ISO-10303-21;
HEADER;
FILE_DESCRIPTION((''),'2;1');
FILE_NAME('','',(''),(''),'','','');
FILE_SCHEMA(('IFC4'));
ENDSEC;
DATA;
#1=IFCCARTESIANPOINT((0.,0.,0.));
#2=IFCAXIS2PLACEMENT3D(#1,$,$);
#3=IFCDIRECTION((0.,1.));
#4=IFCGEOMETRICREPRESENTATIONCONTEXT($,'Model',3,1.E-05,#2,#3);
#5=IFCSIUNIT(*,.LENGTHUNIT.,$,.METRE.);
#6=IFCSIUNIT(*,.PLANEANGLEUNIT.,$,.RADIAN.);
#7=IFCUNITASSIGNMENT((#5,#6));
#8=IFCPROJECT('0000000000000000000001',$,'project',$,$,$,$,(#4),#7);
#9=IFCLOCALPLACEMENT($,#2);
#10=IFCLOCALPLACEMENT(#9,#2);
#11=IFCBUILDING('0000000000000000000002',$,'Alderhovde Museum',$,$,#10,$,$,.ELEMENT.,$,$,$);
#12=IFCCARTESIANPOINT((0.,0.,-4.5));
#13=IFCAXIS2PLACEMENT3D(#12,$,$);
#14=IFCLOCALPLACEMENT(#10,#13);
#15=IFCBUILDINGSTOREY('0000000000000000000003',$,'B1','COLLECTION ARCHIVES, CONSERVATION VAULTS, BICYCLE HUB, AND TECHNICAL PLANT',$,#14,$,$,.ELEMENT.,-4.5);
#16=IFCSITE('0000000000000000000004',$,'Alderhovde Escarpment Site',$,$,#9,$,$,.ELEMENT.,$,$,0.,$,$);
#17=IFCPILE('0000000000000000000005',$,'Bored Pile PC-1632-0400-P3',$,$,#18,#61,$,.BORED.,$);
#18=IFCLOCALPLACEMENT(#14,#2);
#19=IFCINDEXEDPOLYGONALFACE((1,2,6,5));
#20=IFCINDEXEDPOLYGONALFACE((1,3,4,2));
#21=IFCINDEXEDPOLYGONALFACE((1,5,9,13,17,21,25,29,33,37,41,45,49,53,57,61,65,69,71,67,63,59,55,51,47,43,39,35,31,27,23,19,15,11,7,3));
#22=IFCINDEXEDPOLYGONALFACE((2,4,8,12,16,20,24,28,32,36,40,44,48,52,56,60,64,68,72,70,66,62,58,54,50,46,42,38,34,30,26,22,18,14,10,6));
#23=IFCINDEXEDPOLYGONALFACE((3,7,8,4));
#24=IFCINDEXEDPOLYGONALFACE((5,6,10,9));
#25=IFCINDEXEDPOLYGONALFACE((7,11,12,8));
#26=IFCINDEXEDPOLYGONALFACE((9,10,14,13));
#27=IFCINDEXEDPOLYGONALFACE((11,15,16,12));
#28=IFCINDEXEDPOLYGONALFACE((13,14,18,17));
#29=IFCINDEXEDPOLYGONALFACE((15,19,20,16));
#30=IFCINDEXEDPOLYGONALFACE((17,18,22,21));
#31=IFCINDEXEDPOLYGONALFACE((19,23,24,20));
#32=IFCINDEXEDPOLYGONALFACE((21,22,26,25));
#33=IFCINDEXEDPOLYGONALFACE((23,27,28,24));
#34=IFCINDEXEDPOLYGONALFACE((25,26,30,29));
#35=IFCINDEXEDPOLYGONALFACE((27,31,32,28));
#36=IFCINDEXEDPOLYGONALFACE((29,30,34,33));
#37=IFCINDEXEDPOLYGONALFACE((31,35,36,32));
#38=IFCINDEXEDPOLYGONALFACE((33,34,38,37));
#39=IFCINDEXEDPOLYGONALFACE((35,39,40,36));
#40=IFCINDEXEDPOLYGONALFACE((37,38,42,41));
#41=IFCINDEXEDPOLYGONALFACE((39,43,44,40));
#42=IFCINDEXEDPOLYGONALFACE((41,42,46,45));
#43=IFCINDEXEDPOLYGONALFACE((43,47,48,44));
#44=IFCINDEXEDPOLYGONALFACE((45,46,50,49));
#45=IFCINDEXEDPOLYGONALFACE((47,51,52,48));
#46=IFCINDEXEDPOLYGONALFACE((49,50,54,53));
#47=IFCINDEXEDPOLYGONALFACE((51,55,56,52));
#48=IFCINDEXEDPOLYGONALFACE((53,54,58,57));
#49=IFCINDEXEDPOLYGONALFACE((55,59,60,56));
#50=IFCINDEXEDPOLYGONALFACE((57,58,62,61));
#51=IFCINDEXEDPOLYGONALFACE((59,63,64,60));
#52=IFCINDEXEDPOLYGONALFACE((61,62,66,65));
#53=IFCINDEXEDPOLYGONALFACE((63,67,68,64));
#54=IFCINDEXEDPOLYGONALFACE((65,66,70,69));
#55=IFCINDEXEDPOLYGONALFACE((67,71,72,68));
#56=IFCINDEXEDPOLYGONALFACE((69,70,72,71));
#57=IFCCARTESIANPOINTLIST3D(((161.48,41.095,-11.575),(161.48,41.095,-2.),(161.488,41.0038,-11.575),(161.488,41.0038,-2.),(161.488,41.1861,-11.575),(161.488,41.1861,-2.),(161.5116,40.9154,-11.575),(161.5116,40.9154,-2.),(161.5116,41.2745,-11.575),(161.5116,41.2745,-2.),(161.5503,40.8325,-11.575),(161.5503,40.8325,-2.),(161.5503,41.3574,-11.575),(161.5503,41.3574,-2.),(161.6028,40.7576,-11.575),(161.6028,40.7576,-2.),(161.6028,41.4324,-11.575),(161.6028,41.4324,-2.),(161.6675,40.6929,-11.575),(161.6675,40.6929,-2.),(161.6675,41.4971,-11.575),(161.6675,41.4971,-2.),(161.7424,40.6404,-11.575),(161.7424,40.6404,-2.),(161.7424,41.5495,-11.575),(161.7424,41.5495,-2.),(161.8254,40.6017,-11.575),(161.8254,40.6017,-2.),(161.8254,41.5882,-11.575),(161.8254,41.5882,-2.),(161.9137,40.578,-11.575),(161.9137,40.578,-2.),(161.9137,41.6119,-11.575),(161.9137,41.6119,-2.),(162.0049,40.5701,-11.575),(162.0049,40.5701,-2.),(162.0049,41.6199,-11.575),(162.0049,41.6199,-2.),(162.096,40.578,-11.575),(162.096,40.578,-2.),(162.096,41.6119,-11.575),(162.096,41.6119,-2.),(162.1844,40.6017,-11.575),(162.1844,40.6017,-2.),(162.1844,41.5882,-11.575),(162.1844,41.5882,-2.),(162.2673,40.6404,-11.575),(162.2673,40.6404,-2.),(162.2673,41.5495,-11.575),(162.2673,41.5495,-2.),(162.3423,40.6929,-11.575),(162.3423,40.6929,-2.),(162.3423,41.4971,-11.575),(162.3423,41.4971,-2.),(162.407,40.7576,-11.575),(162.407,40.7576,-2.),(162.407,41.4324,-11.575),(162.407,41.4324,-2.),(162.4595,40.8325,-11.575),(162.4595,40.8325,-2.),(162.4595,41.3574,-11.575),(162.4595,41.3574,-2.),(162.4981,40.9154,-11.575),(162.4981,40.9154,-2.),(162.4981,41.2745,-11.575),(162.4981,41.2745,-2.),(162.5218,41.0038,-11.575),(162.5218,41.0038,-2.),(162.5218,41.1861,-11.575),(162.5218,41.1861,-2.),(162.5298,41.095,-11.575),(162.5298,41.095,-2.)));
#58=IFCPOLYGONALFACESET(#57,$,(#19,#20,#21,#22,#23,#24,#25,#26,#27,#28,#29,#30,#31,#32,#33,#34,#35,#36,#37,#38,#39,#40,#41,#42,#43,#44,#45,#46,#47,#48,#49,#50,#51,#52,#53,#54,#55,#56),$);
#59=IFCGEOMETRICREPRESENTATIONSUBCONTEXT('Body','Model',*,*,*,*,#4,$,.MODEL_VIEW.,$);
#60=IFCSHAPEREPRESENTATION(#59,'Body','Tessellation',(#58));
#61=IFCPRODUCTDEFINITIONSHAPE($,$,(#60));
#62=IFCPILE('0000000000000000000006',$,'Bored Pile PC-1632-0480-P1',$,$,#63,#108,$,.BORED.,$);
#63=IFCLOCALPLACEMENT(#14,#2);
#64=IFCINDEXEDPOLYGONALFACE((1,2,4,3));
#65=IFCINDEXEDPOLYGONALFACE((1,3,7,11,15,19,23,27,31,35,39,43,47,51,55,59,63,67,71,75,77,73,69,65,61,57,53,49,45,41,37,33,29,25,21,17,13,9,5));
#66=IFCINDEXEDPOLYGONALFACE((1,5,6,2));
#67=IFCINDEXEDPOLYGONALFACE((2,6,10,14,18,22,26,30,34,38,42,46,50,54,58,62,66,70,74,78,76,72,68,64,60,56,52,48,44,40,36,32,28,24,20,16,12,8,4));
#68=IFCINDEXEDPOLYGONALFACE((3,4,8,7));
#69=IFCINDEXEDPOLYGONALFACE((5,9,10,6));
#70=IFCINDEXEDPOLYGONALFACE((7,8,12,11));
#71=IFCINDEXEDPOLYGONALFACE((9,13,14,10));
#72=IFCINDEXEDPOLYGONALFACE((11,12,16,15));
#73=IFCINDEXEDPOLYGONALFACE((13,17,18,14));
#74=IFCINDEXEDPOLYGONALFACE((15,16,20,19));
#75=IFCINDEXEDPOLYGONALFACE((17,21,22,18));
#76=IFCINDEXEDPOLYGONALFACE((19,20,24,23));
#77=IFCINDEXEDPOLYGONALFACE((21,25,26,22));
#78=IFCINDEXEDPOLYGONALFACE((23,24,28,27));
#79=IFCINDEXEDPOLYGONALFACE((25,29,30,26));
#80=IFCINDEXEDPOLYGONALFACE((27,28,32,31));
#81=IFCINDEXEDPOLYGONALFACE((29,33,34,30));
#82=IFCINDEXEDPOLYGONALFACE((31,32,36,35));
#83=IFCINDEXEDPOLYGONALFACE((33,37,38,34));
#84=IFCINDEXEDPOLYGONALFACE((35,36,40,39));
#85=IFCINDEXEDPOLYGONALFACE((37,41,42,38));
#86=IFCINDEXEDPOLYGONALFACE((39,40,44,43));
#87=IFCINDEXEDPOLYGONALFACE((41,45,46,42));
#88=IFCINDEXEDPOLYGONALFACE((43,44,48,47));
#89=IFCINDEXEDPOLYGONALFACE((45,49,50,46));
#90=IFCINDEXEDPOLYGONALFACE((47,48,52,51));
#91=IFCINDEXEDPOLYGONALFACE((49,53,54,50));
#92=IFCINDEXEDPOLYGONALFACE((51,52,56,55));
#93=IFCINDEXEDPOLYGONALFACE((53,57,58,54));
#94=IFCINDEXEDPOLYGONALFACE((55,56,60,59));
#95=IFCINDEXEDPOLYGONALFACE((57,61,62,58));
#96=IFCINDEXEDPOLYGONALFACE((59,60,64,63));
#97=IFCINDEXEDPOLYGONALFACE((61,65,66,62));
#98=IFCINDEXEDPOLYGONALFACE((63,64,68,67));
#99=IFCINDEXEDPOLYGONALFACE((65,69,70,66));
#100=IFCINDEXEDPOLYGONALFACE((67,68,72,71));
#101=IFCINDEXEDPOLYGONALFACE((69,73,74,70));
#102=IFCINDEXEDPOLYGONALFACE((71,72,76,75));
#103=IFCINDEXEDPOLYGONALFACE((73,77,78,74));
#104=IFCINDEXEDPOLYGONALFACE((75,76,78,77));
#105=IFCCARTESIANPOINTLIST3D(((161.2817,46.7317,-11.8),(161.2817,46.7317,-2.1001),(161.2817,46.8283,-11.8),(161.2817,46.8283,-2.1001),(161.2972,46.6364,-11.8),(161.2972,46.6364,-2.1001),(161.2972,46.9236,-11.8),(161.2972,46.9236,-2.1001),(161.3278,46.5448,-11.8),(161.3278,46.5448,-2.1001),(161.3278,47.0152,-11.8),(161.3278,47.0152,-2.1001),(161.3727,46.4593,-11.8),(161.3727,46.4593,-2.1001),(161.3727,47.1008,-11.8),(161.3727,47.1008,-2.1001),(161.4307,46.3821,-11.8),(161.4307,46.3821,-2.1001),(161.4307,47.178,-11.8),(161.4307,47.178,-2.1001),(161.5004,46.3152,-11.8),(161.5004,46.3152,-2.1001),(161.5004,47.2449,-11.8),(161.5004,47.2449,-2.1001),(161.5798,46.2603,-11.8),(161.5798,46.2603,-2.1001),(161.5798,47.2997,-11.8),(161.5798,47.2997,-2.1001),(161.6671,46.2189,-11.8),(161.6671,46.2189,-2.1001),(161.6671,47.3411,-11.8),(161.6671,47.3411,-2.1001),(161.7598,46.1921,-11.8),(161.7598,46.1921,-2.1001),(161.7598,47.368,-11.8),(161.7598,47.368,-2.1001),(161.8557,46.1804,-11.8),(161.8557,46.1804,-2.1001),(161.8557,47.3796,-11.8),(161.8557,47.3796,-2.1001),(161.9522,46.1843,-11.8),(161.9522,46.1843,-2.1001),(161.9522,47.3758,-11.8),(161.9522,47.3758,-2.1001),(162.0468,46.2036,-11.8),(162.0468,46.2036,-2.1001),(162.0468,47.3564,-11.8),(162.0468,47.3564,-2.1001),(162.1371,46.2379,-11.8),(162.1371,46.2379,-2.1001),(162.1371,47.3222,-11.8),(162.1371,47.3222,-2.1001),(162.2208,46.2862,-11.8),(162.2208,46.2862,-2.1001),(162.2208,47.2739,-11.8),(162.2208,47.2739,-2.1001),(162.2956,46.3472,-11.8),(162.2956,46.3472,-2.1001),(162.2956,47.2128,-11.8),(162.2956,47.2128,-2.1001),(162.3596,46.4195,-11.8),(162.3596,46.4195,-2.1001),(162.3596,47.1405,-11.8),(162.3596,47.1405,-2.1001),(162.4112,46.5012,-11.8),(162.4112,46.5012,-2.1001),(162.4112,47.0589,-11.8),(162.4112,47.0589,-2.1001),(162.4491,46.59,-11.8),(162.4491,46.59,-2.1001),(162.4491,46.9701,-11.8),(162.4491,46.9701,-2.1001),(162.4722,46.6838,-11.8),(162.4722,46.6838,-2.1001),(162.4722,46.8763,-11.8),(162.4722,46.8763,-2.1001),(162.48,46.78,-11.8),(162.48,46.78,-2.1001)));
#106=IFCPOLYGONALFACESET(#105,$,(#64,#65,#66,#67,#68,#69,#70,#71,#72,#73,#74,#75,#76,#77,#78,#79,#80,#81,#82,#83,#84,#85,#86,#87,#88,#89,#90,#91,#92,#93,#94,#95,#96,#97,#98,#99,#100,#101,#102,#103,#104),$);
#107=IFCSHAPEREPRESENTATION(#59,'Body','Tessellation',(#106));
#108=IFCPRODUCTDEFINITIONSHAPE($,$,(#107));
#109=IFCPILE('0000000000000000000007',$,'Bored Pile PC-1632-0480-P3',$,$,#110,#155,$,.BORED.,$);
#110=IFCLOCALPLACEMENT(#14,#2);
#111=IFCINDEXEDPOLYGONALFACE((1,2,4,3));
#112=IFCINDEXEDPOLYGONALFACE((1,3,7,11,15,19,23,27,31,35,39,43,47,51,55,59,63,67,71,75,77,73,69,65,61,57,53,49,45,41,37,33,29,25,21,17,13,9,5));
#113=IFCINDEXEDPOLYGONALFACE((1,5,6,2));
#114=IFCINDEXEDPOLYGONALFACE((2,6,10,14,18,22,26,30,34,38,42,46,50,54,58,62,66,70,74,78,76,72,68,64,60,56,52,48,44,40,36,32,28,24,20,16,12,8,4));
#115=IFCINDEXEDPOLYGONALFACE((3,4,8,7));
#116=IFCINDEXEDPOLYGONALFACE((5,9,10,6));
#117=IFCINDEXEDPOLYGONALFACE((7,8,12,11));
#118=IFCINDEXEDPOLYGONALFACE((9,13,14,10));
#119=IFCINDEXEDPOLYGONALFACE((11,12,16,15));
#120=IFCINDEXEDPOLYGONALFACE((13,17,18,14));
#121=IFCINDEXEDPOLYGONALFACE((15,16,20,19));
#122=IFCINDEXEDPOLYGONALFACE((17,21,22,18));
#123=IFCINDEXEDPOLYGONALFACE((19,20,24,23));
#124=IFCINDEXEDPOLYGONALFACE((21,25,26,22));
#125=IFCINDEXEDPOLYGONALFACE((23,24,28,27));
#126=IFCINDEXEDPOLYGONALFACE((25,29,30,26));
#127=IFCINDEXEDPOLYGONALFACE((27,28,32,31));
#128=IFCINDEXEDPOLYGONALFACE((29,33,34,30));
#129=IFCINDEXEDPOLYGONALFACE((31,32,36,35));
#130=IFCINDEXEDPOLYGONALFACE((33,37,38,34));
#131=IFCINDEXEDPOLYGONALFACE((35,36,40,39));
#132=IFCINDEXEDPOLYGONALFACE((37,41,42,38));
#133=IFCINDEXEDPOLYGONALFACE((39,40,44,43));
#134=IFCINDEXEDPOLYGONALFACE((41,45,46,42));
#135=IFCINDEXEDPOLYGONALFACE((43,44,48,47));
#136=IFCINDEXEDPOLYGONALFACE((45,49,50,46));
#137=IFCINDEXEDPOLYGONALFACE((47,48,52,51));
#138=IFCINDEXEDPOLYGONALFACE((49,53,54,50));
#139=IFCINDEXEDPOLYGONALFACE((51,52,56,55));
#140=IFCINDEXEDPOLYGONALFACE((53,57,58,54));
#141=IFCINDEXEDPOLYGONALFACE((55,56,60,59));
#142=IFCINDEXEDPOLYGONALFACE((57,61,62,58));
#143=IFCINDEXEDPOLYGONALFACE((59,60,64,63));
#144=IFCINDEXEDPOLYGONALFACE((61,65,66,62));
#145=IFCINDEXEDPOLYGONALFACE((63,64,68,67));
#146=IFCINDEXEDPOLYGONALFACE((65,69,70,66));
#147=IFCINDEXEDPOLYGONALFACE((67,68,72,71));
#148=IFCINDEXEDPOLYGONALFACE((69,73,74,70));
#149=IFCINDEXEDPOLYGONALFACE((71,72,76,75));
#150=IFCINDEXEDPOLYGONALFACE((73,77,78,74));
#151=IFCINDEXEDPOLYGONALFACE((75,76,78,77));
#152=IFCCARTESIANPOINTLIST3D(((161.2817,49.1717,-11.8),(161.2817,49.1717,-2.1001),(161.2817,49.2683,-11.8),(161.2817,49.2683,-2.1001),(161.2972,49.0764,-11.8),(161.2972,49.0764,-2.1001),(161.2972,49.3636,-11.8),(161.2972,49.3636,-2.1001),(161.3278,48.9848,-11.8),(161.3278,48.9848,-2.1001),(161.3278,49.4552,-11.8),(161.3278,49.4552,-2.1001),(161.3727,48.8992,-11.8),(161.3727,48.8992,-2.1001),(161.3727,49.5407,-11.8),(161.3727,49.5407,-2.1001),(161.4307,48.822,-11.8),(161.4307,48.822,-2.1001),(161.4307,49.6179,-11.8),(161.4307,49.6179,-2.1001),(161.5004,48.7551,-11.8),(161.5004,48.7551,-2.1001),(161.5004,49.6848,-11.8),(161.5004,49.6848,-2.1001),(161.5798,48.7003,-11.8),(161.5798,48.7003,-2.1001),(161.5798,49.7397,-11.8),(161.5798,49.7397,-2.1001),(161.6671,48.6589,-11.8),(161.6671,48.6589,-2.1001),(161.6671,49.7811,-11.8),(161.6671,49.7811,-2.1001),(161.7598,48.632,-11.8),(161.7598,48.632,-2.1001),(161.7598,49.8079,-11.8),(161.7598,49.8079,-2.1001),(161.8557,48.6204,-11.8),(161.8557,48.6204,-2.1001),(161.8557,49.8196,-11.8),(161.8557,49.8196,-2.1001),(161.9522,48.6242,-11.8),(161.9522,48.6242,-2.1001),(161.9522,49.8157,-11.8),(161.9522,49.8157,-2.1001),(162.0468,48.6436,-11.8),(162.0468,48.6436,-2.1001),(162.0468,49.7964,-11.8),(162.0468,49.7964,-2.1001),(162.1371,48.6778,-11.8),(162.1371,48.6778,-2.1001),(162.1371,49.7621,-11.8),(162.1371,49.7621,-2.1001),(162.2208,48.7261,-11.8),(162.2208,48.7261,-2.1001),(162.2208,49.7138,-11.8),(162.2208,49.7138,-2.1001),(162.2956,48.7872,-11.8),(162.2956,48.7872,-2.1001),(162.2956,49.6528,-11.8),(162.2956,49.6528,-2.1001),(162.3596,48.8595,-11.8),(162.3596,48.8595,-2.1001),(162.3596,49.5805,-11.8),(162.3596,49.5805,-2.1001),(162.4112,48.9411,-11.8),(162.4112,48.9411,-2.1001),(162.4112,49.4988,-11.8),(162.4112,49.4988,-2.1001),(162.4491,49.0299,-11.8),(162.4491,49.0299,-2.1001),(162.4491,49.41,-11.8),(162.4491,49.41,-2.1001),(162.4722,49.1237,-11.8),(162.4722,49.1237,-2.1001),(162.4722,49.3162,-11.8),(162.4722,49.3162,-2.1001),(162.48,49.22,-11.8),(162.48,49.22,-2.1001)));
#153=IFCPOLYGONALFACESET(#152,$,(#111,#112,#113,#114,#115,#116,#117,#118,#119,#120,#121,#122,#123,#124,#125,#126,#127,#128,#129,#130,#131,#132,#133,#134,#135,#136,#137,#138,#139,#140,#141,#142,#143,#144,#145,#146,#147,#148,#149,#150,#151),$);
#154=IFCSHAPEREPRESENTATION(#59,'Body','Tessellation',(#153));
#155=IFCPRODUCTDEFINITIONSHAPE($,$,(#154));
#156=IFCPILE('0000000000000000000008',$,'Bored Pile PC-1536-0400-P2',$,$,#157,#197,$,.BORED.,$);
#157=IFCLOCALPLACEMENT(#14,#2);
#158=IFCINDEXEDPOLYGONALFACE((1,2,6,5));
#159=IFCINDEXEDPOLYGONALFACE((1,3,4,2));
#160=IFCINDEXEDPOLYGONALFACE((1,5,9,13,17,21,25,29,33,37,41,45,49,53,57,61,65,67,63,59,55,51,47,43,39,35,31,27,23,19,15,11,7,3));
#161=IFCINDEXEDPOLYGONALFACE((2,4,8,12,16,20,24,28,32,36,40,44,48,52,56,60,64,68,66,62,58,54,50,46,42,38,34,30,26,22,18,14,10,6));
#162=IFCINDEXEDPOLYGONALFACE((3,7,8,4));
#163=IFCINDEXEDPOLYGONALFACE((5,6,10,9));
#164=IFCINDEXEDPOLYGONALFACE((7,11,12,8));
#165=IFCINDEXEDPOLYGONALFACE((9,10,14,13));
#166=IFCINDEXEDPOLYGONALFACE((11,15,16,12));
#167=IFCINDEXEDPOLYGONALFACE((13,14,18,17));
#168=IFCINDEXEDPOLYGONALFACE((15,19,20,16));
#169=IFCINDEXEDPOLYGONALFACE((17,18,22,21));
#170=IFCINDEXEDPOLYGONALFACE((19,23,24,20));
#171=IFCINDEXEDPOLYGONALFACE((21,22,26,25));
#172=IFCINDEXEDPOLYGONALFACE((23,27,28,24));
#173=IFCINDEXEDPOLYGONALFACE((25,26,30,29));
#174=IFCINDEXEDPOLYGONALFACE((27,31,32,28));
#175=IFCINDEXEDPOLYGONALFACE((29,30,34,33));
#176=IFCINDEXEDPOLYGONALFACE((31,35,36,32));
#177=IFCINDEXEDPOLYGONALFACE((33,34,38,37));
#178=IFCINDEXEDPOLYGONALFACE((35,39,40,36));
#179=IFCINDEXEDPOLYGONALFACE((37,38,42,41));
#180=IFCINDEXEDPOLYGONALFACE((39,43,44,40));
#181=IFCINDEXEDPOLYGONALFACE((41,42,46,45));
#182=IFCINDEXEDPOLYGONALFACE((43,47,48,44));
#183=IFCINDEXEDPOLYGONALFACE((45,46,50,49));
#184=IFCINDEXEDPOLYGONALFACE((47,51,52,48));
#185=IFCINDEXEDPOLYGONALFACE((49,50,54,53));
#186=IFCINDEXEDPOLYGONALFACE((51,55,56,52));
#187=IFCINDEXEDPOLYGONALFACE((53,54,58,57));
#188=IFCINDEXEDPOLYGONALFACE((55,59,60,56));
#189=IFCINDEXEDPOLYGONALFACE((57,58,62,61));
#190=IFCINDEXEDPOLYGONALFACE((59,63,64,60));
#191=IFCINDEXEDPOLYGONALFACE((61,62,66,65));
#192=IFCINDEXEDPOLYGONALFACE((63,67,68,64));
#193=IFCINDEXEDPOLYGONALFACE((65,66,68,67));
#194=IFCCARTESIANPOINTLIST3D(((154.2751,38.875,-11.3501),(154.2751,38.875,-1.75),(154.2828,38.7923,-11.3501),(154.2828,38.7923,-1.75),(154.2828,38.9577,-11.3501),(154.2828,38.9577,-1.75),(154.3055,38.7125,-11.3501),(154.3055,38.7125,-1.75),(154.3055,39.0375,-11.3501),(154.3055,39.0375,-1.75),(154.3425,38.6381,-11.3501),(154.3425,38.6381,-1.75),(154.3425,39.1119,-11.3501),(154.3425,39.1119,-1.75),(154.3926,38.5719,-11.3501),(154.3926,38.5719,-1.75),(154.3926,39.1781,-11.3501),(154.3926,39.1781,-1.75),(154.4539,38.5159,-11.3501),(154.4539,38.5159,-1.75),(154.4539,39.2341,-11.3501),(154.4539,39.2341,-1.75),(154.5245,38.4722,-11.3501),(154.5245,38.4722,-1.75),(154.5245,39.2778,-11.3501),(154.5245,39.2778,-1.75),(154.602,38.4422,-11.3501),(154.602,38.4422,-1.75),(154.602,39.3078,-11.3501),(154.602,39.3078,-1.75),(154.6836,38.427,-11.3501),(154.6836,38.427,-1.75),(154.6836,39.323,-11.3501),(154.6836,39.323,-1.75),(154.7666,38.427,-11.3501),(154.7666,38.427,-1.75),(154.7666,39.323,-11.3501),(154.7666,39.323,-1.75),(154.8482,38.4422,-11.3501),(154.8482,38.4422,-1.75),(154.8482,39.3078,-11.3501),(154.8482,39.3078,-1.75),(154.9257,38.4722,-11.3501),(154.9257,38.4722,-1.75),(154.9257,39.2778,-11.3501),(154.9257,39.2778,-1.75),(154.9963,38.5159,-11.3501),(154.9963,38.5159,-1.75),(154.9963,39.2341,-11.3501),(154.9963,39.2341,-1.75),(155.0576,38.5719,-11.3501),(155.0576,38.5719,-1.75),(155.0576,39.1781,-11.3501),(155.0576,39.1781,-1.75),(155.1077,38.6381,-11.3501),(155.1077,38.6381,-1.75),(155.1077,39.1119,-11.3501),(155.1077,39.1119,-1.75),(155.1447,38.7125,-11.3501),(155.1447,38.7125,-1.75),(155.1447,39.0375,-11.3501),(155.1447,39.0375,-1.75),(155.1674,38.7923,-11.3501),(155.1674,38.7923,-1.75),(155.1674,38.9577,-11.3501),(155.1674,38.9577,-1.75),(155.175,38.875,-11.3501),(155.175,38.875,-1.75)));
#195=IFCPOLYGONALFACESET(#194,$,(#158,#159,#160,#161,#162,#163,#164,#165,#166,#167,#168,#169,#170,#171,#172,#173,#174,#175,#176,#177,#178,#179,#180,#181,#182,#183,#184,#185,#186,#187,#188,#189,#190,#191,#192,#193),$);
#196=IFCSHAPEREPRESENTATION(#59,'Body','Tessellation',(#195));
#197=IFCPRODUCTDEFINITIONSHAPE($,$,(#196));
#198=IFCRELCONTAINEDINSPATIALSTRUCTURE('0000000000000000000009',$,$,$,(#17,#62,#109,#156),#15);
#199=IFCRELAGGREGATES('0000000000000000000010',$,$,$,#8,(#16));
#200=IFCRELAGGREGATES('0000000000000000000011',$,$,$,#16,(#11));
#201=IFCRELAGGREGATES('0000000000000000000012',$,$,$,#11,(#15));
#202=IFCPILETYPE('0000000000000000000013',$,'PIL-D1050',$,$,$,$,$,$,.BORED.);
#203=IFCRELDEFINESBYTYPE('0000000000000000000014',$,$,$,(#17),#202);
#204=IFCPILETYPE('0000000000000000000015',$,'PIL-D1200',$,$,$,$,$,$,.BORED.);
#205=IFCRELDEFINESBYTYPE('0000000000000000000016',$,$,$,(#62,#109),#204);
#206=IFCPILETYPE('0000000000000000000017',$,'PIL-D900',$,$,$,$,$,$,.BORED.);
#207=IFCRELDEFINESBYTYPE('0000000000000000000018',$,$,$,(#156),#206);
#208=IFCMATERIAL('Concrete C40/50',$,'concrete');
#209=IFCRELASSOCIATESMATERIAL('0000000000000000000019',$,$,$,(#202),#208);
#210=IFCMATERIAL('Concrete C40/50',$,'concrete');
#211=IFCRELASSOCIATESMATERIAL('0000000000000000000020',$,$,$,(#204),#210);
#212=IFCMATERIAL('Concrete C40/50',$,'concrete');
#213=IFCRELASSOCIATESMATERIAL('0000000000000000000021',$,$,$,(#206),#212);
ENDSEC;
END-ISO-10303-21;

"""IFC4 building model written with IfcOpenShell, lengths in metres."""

from ifc_helpers import new_model, si_unit, direction, frame, origin, origin_2d, place, context, subcontext, project, spatial, circle, extrude, material, material_profile, profile_set, type_object, element, save


model = new_model("IFC4")

# Units and contexts
model_context = context("Model", 3, precision=1e-05, world=origin(), true_north=direction((0.0, 1.0)))
body_context = subcontext(model_context, "Body", "Model", "MODEL_VIEW")
ifc_project = project(units=[si_unit("LENGTHUNIT", "METRE"), si_unit("PLANEANGLEUNIT", "RADIAN")], contexts=[model_context])

# Site, building, storey
site_placement = place(None, origin())
site = spatial("IfcSite", under=ifc_project, at=site_placement, Name="Alderhovde Escarpment Site", CompositionType="ELEMENT", RefElevation=0.0)
building_placement = place(site_placement, origin())
building = spatial("IfcBuilding", under=site, at=building_placement, Name="Alderhovde Museum", CompositionType="ELEMENT")
storey_placement = place(building_placement, frame((0.0, 0.0, -4.5)))
storey = spatial("IfcBuildingStorey", under=building, at=storey_placement, Name="B1", Description="COLLECTION ARCHIVES, CONSERVATION VAULTS, BICYCLE HUB, AND TECHNICAL PLANT", CompositionType="ELEMENT", Elevation=-4.5)

# Piles
ifc_material_1 = material(Name="Concrete C40/50", Category="concrete")
ifc_material_profile_1 = material_profile(ifc_material_1, circle(Radius=0.5249, at=origin_2d()), Name="PILE-D1050")
ifc_profile_set_1 = profile_set([ifc_material_profile_1], Name="Concrete C40/50")
pile_type_1 = type_object("IfcPileType", Name="PIL-D1050", PredefinedType="BORED", material=ifc_profile_set_1)
for number, where, z_axis, x_axis, name in (
    (1, (162.0049, 41.095, -2.0), (0.0, 0.0, -1.0), (1.0, 0.0, 0.0), "Bored Pile PC-1632-0400-P3"),
):
    element("IfcPile", number, at=place(storey_placement, frame(where, z_axis=z_axis, x_axis=x_axis)), inside=storey, type_object=pile_type_1, Name=name, PredefinedType="BORED", context=body_context, shape_type="SweptSolid", body=[
        extrude(circle(Radius=0.5249, at=origin_2d()), origin(), (0.0, 0.0, 1.0), 9.575),
    ])
ifc_material_2 = material(Name="Concrete C40/50", Category="concrete")
ifc_material_profile_2 = material_profile(ifc_material_2, circle(Radius=0.6001, at=origin_2d()), Name="PILE-D1200")
ifc_profile_set_2 = profile_set([ifc_material_profile_2], Name="Concrete C40/50")
pile_type_2 = type_object("IfcPileType", Name="PIL-D1200", PredefinedType="BORED", material=ifc_profile_set_2)
for number, where, z_axis, x_axis, name in (
    (2, (161.8799, 46.78, -2.1001), (0.0, 0.0, -1.0), (1.0, 0.0, 0.0), "Bored Pile PC-1632-0480-P1"),
    (3, (161.8799, 49.22, -2.1001), (0.0, 0.0, -1.0), (1.0, 0.0, 0.0), "Bored Pile PC-1632-0480-P3"),
):
    element("IfcPile", number, at=place(storey_placement, frame(where, z_axis=z_axis, x_axis=x_axis)), inside=storey, type_object=pile_type_2, Name=name, PredefinedType="BORED", context=body_context, shape_type="SweptSolid", body=[
        extrude(circle(Radius=0.6001, at=origin_2d()), origin(), (0.0, 0.0, 1.0), 9.7),
    ])
ifc_material_3 = material(Name="Concrete C40/50", Category="concrete")
ifc_material_profile_3 = material_profile(ifc_material_3, circle(Radius=0.45, at=origin_2d()), Name="PILE-D900")
ifc_profile_set_3 = profile_set([ifc_material_profile_3], Name="Concrete C40/50")
pile_type_3 = type_object("IfcPileType", Name="PIL-D900", PredefinedType="BORED", material=ifc_profile_set_3)
for number, where, z_axis, x_axis, name in (
    (4, (154.7251, 38.875, -1.75), (0.0, 0.0, -1.0), (1.0, 0.0, 0.0), "Bored Pile PC-1536-0400-P2"),
):
    element("IfcPile", number, at=place(storey_placement, frame(where, z_axis=z_axis, x_axis=x_axis)), inside=storey, type_object=pile_type_3, Name=name, PredefinedType="BORED", context=body_context, shape_type="SweptSolid", body=[
        extrude(circle(Radius=0.45, at=origin_2d()), origin(), (0.0, 0.0, 1.0), 9.6001),
    ])

save(model, "model.ifc")
